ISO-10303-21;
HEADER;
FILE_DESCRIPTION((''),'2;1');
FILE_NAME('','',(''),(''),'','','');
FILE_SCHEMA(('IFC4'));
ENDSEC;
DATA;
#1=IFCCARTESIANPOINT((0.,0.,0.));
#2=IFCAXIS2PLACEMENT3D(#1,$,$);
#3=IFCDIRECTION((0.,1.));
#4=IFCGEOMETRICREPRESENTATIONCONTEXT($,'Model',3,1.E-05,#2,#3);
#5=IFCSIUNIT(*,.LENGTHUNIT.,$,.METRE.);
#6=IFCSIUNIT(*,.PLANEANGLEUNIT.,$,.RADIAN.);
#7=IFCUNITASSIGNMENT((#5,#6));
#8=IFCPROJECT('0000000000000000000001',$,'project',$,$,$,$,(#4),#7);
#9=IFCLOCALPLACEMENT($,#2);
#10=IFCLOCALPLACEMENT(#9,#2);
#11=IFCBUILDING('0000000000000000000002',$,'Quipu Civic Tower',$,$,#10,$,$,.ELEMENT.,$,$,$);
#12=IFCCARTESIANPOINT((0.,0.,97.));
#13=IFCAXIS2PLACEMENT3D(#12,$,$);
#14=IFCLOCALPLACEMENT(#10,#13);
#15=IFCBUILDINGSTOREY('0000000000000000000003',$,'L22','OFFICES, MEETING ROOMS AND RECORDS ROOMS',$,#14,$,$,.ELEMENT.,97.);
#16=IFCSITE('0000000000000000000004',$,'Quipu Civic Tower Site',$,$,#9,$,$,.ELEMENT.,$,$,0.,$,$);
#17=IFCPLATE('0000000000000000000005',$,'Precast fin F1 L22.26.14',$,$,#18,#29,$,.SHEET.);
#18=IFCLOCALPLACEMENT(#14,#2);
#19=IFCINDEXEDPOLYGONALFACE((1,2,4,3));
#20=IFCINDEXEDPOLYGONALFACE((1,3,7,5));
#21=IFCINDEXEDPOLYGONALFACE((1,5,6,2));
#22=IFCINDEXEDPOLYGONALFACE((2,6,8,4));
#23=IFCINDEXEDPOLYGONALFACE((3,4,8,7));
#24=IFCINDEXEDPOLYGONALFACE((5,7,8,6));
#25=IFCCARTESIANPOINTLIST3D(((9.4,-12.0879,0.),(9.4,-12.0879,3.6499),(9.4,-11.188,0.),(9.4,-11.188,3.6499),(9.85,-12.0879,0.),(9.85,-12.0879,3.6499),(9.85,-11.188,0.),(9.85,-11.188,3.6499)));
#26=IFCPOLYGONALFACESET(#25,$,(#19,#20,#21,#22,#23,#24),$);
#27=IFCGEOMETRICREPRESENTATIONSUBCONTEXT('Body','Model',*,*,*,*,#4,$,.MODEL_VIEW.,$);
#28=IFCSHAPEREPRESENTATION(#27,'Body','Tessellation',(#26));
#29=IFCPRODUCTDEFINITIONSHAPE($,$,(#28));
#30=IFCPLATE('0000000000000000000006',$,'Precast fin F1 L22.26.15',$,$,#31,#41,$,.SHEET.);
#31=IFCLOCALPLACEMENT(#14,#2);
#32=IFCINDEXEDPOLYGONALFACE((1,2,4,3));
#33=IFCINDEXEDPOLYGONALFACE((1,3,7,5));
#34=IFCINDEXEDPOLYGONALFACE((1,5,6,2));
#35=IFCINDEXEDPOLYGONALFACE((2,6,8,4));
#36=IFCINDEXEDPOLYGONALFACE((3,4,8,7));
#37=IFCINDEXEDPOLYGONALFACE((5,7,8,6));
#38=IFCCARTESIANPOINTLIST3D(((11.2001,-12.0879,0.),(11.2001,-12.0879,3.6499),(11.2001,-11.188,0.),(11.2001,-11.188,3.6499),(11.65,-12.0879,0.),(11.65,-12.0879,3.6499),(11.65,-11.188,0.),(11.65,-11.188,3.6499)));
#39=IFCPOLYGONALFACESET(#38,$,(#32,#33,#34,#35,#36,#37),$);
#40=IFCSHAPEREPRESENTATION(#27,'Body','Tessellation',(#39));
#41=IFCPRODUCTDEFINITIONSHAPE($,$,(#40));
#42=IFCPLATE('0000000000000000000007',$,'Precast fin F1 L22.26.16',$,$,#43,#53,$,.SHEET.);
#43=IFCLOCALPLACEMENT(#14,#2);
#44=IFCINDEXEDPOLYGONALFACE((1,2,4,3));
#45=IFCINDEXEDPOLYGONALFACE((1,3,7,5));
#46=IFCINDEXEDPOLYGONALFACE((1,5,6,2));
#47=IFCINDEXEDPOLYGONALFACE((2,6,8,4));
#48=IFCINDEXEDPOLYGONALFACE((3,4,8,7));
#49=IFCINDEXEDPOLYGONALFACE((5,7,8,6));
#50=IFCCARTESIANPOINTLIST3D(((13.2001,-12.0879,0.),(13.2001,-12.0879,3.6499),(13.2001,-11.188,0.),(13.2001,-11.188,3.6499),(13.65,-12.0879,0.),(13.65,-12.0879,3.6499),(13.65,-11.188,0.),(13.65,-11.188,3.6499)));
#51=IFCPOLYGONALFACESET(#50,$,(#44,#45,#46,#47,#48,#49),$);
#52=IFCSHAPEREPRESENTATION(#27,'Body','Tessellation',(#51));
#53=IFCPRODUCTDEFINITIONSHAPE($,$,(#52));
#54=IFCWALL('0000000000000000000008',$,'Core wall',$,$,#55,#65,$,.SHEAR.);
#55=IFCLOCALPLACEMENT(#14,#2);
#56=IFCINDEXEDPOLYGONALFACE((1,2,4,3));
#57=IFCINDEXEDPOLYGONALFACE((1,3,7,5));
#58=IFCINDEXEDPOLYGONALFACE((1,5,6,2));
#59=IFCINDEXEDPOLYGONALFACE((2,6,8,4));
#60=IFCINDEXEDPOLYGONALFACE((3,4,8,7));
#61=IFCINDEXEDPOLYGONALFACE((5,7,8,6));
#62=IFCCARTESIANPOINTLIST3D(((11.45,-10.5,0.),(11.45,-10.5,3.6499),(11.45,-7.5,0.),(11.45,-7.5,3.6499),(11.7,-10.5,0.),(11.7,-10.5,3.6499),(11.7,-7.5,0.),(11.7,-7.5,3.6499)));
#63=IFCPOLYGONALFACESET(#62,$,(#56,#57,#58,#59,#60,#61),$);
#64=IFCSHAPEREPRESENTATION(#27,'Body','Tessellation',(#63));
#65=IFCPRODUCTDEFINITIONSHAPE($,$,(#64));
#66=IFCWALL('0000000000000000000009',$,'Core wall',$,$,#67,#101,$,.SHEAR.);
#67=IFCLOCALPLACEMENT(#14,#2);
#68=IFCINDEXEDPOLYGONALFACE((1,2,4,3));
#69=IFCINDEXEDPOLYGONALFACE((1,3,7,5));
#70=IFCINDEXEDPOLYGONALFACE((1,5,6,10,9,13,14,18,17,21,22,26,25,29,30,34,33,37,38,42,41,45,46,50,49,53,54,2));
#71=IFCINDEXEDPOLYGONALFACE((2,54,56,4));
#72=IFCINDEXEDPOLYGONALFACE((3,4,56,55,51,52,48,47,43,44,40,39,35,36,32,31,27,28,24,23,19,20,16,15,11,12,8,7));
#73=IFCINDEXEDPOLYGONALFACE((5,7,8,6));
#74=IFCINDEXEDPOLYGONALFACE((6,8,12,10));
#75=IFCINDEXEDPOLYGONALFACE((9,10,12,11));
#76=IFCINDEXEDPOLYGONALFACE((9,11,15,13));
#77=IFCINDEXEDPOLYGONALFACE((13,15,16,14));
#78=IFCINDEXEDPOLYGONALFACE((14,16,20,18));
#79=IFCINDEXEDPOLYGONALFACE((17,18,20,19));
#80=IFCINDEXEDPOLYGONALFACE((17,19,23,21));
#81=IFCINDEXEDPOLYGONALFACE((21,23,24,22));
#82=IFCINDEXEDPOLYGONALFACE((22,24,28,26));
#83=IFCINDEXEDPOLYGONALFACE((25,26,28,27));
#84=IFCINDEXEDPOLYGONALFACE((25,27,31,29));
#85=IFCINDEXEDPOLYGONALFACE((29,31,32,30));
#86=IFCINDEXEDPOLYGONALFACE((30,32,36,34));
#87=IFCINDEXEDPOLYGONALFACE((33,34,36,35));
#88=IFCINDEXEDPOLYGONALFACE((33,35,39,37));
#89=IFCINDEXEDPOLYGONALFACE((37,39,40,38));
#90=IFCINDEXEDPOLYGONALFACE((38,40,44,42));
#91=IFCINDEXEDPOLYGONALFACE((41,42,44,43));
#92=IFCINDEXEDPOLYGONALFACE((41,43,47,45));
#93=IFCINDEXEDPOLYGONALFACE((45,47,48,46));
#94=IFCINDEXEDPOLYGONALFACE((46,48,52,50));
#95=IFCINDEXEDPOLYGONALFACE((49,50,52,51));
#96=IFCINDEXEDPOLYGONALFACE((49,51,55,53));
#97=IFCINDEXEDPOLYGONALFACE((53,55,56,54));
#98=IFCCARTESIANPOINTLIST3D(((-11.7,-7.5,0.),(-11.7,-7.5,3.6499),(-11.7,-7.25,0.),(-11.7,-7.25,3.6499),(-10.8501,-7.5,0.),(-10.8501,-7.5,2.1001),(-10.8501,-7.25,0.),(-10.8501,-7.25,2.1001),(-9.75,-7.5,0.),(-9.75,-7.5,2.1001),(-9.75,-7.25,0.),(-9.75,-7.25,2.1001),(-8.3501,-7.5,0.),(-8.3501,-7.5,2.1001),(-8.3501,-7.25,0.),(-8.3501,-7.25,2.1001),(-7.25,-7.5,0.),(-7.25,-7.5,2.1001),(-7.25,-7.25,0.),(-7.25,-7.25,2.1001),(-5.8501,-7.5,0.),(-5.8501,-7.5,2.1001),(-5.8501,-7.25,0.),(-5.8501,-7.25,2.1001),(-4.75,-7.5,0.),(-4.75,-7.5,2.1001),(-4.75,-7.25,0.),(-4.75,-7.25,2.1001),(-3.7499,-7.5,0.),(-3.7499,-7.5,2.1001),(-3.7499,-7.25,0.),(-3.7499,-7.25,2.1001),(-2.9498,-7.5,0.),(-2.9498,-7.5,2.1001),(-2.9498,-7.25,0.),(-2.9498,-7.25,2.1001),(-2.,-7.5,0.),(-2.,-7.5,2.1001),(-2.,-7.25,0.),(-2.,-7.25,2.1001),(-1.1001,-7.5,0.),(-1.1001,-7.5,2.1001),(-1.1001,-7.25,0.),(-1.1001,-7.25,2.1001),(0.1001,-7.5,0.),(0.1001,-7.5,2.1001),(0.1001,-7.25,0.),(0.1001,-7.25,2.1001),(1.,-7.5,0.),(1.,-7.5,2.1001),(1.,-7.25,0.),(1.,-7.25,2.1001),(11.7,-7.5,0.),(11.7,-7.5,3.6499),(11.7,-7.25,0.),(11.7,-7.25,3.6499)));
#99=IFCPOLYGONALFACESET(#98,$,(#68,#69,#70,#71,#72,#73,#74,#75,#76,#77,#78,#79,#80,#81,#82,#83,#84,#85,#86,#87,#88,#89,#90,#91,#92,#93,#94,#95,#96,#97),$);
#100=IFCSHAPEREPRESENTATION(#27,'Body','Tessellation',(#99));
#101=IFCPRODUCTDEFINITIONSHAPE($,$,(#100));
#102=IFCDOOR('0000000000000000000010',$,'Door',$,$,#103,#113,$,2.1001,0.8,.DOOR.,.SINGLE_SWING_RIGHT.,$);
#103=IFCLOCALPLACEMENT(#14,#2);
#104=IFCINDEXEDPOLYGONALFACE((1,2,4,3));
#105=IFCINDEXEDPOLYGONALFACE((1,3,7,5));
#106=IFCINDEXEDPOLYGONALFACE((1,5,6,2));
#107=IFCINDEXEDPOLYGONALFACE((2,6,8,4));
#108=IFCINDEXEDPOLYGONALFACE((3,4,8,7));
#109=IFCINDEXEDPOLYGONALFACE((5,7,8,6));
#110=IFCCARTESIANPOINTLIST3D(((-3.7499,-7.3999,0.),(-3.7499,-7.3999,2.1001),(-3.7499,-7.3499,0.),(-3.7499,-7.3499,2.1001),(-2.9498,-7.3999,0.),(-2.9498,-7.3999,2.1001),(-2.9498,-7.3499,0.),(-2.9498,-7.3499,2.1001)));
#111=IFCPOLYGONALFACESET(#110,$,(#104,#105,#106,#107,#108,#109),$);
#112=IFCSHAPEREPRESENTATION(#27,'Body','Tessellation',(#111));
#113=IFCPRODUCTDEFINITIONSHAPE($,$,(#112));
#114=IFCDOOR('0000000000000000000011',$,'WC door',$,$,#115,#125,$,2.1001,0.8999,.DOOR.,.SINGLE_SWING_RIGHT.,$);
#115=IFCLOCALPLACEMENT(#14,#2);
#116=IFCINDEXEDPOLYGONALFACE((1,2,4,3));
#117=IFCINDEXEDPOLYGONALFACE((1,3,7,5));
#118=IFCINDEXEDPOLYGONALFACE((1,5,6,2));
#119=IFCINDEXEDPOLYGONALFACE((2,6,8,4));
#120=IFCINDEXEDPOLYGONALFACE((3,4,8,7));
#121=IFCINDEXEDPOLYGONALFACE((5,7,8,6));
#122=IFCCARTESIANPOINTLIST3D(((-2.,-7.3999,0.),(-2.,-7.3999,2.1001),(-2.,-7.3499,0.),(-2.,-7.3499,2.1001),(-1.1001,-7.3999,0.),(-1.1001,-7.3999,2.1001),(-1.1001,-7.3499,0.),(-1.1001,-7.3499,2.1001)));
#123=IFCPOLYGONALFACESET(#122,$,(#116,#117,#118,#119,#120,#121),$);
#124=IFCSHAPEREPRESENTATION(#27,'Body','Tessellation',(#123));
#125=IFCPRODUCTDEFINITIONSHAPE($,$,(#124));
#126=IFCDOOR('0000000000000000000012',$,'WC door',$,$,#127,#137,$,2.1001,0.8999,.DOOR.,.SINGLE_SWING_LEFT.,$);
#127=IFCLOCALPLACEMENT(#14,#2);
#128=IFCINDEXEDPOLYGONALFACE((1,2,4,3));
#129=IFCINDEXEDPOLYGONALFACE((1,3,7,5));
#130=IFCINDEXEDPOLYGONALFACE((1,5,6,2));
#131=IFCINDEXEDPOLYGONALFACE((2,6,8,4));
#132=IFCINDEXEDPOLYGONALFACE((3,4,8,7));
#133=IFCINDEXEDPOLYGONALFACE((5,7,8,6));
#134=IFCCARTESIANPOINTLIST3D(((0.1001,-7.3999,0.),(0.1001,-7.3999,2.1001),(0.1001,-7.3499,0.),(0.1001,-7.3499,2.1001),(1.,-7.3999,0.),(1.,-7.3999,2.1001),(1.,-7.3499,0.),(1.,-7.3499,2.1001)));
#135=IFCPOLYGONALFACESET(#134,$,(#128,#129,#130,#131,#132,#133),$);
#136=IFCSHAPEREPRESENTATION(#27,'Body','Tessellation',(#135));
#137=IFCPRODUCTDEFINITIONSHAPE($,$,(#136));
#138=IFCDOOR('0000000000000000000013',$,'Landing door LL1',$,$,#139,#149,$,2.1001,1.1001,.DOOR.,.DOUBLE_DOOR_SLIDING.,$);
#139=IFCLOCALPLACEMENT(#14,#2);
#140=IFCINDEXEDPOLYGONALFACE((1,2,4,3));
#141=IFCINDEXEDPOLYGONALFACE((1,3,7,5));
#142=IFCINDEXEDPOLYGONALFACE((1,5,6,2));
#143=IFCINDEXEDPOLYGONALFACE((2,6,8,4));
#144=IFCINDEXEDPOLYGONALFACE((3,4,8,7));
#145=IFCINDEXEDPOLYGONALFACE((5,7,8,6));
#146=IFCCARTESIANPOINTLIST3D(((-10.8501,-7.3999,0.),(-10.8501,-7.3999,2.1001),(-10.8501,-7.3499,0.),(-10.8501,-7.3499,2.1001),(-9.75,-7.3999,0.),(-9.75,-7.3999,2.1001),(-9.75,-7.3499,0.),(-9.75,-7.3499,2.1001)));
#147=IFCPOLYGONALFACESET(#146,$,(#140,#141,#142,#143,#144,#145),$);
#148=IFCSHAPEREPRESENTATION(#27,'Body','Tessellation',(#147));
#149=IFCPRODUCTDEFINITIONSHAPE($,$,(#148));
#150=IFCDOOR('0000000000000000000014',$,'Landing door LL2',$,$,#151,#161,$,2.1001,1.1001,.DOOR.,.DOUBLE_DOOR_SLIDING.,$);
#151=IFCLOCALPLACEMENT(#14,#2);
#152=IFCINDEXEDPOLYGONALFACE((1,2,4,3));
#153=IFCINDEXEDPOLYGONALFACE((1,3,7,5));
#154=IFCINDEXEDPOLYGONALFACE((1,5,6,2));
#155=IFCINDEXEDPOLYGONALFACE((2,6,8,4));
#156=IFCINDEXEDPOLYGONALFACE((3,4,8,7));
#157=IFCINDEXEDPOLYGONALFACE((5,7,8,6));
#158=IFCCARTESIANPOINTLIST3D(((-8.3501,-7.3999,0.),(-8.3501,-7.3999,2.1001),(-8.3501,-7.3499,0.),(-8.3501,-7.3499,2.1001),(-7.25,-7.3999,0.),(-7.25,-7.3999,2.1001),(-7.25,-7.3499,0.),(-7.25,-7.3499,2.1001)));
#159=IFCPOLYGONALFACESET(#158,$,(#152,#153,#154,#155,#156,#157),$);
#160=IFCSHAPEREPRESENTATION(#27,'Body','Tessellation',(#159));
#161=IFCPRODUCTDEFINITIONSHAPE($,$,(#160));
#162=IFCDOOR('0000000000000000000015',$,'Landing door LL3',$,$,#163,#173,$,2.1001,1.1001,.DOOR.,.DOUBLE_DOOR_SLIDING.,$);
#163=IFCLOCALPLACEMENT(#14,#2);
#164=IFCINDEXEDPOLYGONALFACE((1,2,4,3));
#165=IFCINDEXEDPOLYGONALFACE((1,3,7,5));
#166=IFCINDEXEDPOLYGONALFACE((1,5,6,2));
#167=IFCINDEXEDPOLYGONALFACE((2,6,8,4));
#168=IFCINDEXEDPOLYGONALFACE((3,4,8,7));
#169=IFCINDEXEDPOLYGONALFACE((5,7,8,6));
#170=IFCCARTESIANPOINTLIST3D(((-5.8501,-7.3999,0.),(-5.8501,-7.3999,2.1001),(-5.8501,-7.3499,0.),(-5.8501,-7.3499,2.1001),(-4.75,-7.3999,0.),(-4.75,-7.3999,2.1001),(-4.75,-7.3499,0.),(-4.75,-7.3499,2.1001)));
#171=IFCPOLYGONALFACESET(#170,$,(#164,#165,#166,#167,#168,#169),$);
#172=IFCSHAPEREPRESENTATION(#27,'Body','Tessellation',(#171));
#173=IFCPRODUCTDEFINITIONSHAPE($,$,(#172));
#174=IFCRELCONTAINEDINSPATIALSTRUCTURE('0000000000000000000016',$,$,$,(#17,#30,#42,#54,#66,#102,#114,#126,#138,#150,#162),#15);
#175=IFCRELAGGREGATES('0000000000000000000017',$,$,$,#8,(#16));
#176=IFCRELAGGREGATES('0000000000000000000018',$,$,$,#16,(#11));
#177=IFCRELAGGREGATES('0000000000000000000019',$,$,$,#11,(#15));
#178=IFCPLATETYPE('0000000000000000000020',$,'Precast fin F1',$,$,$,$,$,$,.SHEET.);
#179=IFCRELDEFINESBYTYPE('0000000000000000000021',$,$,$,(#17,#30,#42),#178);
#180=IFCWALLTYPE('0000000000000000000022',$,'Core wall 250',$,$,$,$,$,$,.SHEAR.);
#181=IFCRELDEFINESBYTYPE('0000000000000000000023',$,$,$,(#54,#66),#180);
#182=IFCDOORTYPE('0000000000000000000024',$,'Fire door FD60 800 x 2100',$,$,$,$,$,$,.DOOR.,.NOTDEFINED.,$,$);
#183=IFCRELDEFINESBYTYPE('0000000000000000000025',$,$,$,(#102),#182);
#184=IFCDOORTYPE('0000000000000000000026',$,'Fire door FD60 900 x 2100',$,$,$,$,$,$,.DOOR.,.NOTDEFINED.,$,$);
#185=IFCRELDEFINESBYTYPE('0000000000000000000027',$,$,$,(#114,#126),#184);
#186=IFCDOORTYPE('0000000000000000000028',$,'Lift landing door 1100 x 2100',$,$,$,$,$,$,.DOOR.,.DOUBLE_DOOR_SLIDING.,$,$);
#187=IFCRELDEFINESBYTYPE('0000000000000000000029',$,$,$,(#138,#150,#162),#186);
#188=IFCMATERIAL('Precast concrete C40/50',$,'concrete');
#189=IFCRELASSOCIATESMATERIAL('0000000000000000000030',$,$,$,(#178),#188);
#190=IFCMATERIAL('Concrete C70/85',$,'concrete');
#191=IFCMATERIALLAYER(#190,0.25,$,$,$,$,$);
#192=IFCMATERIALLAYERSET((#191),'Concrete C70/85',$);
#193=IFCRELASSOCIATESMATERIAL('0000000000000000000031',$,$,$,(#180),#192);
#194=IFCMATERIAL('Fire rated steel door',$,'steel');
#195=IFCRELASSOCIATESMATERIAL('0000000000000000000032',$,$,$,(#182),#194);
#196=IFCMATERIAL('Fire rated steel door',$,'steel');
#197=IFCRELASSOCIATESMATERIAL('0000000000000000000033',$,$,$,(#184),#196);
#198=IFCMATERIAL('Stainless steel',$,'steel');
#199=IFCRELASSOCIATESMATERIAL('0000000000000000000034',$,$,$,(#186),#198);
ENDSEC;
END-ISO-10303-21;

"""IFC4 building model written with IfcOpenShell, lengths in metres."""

from ifc_helpers import new_model, si_unit, direction, frame, frame_2d, origin, origin_2d, place, context, subcontext, project, spatial, rectangle, extrude, material, layer, layer_set, type_object, element, fill, save


model = new_model("IFC4")

# Units and contexts
model_context = context("Model", 3, precision=1e-05, world=origin(), true_north=direction((0.0, 1.0)))
body_context = subcontext(model_context, "Body", "Model", "MODEL_VIEW")
ifc_project = project(units=[si_unit("LENGTHUNIT", "METRE"), si_unit("PLANEANGLEUNIT", "RADIAN")], contexts=[model_context])

# Site, building, storey
site_placement = place(None, origin())
site = spatial("IfcSite", under=ifc_project, at=site_placement, Name="Quipu Civic Tower Site", CompositionType="ELEMENT", RefElevation=0.0)
building_placement = place(site_placement, origin())
building = spatial("IfcBuilding", under=site, at=building_placement, Name="Quipu Civic Tower", CompositionType="ELEMENT")
storey_placement = place(building_placement, frame((0.0, 0.0, 97.0)))
storey = spatial("IfcBuildingStorey", under=building, at=storey_placement, Name="L22", Description="OFFICES, MEETING ROOMS AND RECORDS ROOMS", CompositionType="ELEMENT", Elevation=97.0)

# Plates
ifc_material_1 = material(Name="Precast concrete C40/50", Category="concrete")
plate_type = type_object("IfcPlateType", Name="Precast fin F1", PredefinedType="SHEET", material=ifc_material_1)
for number, where, z_axis, x_axis, name in (
    (1, (9.625, -11.6379, 0.0), (0.0, 0.0, 1.0), (1.0, 0.0, 0.0), "Precast fin F1 L22.26.14"),
    (2, (11.425, -11.6379, 0.0), (0.0, 0.0, 1.0), (1.0, 0.0, 0.0), "Precast fin F1 L22.26.15"),
    (3, (13.425, -11.6379, 0.0), (0.0, 0.0, 1.0), (1.0, 0.0, 0.0), "Precast fin F1 L22.26.16"),
):
    element("IfcPlate", number, at=place(storey_placement, frame(where, z_axis=z_axis, x_axis=x_axis)), inside=storey, type_object=plate_type, Name=name, PredefinedType="SHEET", context=body_context, shape_type="SweptSolid", body=[
        extrude(rectangle(XDim=0.45, YDim=0.8999, at=origin_2d()), origin(), (0.0, 0.0, 1.0), 3.6499),
    ])

# Wall
ifc_material_2 = material(Name="Concrete C70/85", Category="concrete")
ifc_layer_1 = layer(ifc_material_2, 0.25)
ifc_layer_set_1 = layer_set([ifc_layer_1], Name="Concrete C70/85")
wall_type_1 = type_object("IfcWallType", Name="Core wall 250", PredefinedType="SHEAR", material=ifc_layer_set_1)
wall_1_placement = place(storey_placement, frame((11.575, -10.5, 0.0), z_axis=(0.0, 0.0, 1.0), x_axis=(0.0, 1.0, 0.0)))
element("IfcWall", 4, at=wall_1_placement, inside=storey, type_object=wall_type_1, Name="Core wall", PredefinedType="SHEAR", context=body_context, shape_type="SweptSolid", body=[
    extrude(rectangle(XDim=3.0, YDim=0.25, at=frame_2d((1.5, 0.0))), origin(), (0.0, 0.0, 1.0), 3.6499),
])

# Wall, openings, doors
wall_2_placement = place(storey_placement, frame((11.7, -7.375, 0.0), z_axis=(0.0, 0.0, 1.0), x_axis=(-1.0, 0.0, 0.0)))
wall_2 = element("IfcWall", 5, at=wall_2_placement, inside=storey, type_object=wall_type_1, Name="Core wall", PredefinedType="SHEAR", context=body_context, shape_type="SweptSolid", body=[
    extrude(rectangle(XDim=23.3999, YDim=0.25, at=frame_2d((11.7, 0.0))), origin(), (0.0, 0.0, 1.0), 3.6499),
])
opening_1_placement = place(wall_2_placement, frame((21.45, 0.0, 0.0)))
opening_1 = element("IfcOpeningElement", 6, at=opening_1_placement, cuts=wall_2, PredefinedType="OPENING", context=body_context, shape_type="SweptSolid", body=[
    extrude(rectangle(XDim=1.1001, YDim=2.1001, at=frame_2d((0.55, 1.05))), frame((0.0, 0.135, 0.0), z_axis=(0.0, -1.0, 0.0), x_axis=(1.0, 0.0, 0.0)), (0.0, 0.0, 1.0), 0.27),
])
opening_2_placement = place(wall_2_placement, frame((18.95, 0.0, 0.0)))
opening_2 = element("IfcOpeningElement", 7, at=opening_2_placement, cuts=wall_2, PredefinedType="OPENING", context=body_context, shape_type="SweptSolid", body=[
    extrude(rectangle(XDim=1.1001, YDim=2.1001, at=frame_2d((0.55, 1.05))), frame((0.0, 0.135, 0.0), z_axis=(0.0, -1.0, 0.0), x_axis=(1.0, 0.0, 0.0)), (0.0, 0.0, 1.0), 0.27),
])
opening_3_placement = place(wall_2_placement, frame((16.45, 0.0, 0.0)))
opening_3 = element("IfcOpeningElement", 8, at=opening_3_placement, cuts=wall_2, PredefinedType="OPENING", context=body_context, shape_type="SweptSolid", body=[
    extrude(rectangle(XDim=1.1001, YDim=2.1001, at=frame_2d((0.55, 1.05))), frame((0.0, 0.135, 0.0), z_axis=(0.0, -1.0, 0.0), x_axis=(1.0, 0.0, 0.0)), (0.0, 0.0, 1.0), 0.27),
])
opening_4_placement = place(wall_2_placement, frame((14.6499, 0.0, 0.0)))
opening_4 = element("IfcOpeningElement", 9, at=opening_4_placement, cuts=wall_2, PredefinedType="OPENING", context=body_context, shape_type="SweptSolid", body=[
    extrude(rectangle(XDim=0.8, YDim=2.1001, at=frame_2d((0.3999, 1.05))), frame((0.0, 0.135, 0.0), z_axis=(0.0, -1.0, 0.0), x_axis=(1.0, 0.0, 0.0)), (0.0, 0.0, 1.0), 0.27),
])
opening_5_placement = place(wall_2_placement, frame((12.8, 0.0, 0.0)))
opening_5 = element("IfcOpeningElement", 10, at=opening_5_placement, cuts=wall_2, PredefinedType="OPENING", context=body_context, shape_type="SweptSolid", body=[
    extrude(rectangle(XDim=0.8999, YDim=2.1001, at=frame_2d((0.45, 1.05))), frame((0.0, 0.135, 0.0), z_axis=(0.0, -1.0, 0.0), x_axis=(1.0, 0.0, 0.0)), (0.0, 0.0, 1.0), 0.27),
])
opening_6_placement = place(wall_2_placement, frame((10.7, 0.0, 0.0)))
opening_6 = element("IfcOpeningElement", 11, at=opening_6_placement, cuts=wall_2, PredefinedType="OPENING", context=body_context, shape_type="SweptSolid", body=[
    extrude(rectangle(XDim=0.8999, YDim=2.1001, at=frame_2d((0.45, 1.05))), frame((0.0, 0.135, 0.0), z_axis=(0.0, -1.0, 0.0), x_axis=(1.0, 0.0, 0.0)), (0.0, 0.0, 1.0), 0.27),
])
ifc_material_3 = material(Name="Fire rated steel door", Category="steel")
door_type_1 = type_object("IfcDoorType", Name="Fire door FD60 800 x 2100", OperationType="NOTDEFINED", PredefinedType="DOOR", material=ifc_material_3)
door_1_placement = place(opening_4_placement, origin())
door_1 = element("IfcDoor", 12, at=door_1_placement, inside=storey, type_object=door_type_1, Name="Door", OperationType="SINGLE_SWING_RIGHT", OverallHeight=2.1001, OverallWidth=0.8, PredefinedType="DOOR", context=body_context, shape_type="SweptSolid", body=[
    extrude(rectangle(XDim=0.8, YDim=2.1001, at=frame_2d((0.3999, 1.05))), frame((0.0, 0.0249, 0.0), z_axis=(0.0, -1.0, 0.0), x_axis=(1.0, 0.0, 0.0)), (0.0, 0.0, 1.0), 0.05),
])
fill(opening_4, door_1)
ifc_material_4 = material(Name="Fire rated steel door", Category="steel")
door_type_2 = type_object("IfcDoorType", Name="Fire door FD60 900 x 2100", OperationType="NOTDEFINED", PredefinedType="DOOR", material=ifc_material_4)
door_2_placement = place(opening_5_placement, origin())
door_2 = element("IfcDoor", 13, at=door_2_placement, inside=storey, type_object=door_type_2, Name="WC door", OperationType="SINGLE_SWING_RIGHT", OverallHeight=2.1001, OverallWidth=0.8999, PredefinedType="DOOR", context=body_context, shape_type="SweptSolid", body=[
    extrude(rectangle(XDim=0.8999, YDim=2.1001, at=frame_2d((0.45, 1.05))), frame((0.0, 0.0249, 0.0), z_axis=(0.0, -1.0, 0.0), x_axis=(1.0, 0.0, 0.0)), (0.0, 0.0, 1.0), 0.05),
])
fill(opening_5, door_2)
door_3_placement = place(opening_6_placement, origin())
door_3 = element("IfcDoor", 14, at=door_3_placement, inside=storey, type_object=door_type_2, Name="WC door", OperationType="SINGLE_SWING_LEFT", OverallHeight=2.1001, OverallWidth=0.8999, PredefinedType="DOOR", context=body_context, shape_type="SweptSolid", body=[
    extrude(rectangle(XDim=0.8999, YDim=2.1001, at=frame_2d((0.45, 1.05))), frame((0.0, 0.0249, 0.0), z_axis=(0.0, -1.0, 0.0), x_axis=(1.0, 0.0, 0.0)), (0.0, 0.0, 1.0), 0.05),
])
fill(opening_6, door_3)
ifc_material_5 = material(Name="Stainless steel", Category="steel")
door_type_3 = type_object("IfcDoorType", Name="Lift landing door 1100 x 2100", OperationType="DOUBLE_DOOR_SLIDING", PredefinedType="DOOR", material=ifc_material_5)
door_4_placement = place(opening_1_placement, origin())
door_4 = element("IfcDoor", 15, at=door_4_placement, inside=storey, type_object=door_type_3, Name="Landing door LL1", OperationType="DOUBLE_DOOR_SLIDING", OverallHeight=2.1001, OverallWidth=1.1001, PredefinedType="DOOR", context=body_context, shape_type="SweptSolid", body=[
    extrude(rectangle(XDim=1.1001, YDim=2.1001, at=frame_2d((0.55, 1.05))), frame((0.0, 0.0249, 0.0), z_axis=(0.0, -1.0, 0.0), x_axis=(1.0, 0.0, 0.0)), (0.0, 0.0, 1.0), 0.05),
])
fill(opening_1, door_4)
door_5_placement = place(opening_2_placement, origin())
door_5 = element("IfcDoor", 16, at=door_5_placement, inside=storey, type_object=door_type_3, Name="Landing door LL2", OperationType="DOUBLE_DOOR_SLIDING", OverallHeight=2.1001, OverallWidth=1.1001, PredefinedType="DOOR", context=body_context, shape_type="SweptSolid", body=[
    extrude(rectangle(XDim=1.1001, YDim=2.1001, at=frame_2d((0.55, 1.05))), frame((0.0, 0.0249, 0.0), z_axis=(0.0, -1.0, 0.0), x_axis=(1.0, 0.0, 0.0)), (0.0, 0.0, 1.0), 0.05),
])
fill(opening_2, door_5)
door_6_placement = place(opening_3_placement, origin())
door_6 = element("IfcDoor", 17, at=door_6_placement, inside=storey, type_object=door_type_3, Name="Landing door LL3", OperationType="DOUBLE_DOOR_SLIDING", OverallHeight=2.1001, OverallWidth=1.1001, PredefinedType="DOOR", context=body_context, shape_type="SweptSolid", body=[
    extrude(rectangle(XDim=1.1001, YDim=2.1001, at=frame_2d((0.55, 1.05))), frame((0.0, 0.0249, 0.0), z_axis=(0.0, -1.0, 0.0), x_axis=(1.0, 0.0, 0.0)), (0.0, 0.0, 1.0), 0.05),
])
fill(opening_3, door_6)

save(model, "model.ifc")
